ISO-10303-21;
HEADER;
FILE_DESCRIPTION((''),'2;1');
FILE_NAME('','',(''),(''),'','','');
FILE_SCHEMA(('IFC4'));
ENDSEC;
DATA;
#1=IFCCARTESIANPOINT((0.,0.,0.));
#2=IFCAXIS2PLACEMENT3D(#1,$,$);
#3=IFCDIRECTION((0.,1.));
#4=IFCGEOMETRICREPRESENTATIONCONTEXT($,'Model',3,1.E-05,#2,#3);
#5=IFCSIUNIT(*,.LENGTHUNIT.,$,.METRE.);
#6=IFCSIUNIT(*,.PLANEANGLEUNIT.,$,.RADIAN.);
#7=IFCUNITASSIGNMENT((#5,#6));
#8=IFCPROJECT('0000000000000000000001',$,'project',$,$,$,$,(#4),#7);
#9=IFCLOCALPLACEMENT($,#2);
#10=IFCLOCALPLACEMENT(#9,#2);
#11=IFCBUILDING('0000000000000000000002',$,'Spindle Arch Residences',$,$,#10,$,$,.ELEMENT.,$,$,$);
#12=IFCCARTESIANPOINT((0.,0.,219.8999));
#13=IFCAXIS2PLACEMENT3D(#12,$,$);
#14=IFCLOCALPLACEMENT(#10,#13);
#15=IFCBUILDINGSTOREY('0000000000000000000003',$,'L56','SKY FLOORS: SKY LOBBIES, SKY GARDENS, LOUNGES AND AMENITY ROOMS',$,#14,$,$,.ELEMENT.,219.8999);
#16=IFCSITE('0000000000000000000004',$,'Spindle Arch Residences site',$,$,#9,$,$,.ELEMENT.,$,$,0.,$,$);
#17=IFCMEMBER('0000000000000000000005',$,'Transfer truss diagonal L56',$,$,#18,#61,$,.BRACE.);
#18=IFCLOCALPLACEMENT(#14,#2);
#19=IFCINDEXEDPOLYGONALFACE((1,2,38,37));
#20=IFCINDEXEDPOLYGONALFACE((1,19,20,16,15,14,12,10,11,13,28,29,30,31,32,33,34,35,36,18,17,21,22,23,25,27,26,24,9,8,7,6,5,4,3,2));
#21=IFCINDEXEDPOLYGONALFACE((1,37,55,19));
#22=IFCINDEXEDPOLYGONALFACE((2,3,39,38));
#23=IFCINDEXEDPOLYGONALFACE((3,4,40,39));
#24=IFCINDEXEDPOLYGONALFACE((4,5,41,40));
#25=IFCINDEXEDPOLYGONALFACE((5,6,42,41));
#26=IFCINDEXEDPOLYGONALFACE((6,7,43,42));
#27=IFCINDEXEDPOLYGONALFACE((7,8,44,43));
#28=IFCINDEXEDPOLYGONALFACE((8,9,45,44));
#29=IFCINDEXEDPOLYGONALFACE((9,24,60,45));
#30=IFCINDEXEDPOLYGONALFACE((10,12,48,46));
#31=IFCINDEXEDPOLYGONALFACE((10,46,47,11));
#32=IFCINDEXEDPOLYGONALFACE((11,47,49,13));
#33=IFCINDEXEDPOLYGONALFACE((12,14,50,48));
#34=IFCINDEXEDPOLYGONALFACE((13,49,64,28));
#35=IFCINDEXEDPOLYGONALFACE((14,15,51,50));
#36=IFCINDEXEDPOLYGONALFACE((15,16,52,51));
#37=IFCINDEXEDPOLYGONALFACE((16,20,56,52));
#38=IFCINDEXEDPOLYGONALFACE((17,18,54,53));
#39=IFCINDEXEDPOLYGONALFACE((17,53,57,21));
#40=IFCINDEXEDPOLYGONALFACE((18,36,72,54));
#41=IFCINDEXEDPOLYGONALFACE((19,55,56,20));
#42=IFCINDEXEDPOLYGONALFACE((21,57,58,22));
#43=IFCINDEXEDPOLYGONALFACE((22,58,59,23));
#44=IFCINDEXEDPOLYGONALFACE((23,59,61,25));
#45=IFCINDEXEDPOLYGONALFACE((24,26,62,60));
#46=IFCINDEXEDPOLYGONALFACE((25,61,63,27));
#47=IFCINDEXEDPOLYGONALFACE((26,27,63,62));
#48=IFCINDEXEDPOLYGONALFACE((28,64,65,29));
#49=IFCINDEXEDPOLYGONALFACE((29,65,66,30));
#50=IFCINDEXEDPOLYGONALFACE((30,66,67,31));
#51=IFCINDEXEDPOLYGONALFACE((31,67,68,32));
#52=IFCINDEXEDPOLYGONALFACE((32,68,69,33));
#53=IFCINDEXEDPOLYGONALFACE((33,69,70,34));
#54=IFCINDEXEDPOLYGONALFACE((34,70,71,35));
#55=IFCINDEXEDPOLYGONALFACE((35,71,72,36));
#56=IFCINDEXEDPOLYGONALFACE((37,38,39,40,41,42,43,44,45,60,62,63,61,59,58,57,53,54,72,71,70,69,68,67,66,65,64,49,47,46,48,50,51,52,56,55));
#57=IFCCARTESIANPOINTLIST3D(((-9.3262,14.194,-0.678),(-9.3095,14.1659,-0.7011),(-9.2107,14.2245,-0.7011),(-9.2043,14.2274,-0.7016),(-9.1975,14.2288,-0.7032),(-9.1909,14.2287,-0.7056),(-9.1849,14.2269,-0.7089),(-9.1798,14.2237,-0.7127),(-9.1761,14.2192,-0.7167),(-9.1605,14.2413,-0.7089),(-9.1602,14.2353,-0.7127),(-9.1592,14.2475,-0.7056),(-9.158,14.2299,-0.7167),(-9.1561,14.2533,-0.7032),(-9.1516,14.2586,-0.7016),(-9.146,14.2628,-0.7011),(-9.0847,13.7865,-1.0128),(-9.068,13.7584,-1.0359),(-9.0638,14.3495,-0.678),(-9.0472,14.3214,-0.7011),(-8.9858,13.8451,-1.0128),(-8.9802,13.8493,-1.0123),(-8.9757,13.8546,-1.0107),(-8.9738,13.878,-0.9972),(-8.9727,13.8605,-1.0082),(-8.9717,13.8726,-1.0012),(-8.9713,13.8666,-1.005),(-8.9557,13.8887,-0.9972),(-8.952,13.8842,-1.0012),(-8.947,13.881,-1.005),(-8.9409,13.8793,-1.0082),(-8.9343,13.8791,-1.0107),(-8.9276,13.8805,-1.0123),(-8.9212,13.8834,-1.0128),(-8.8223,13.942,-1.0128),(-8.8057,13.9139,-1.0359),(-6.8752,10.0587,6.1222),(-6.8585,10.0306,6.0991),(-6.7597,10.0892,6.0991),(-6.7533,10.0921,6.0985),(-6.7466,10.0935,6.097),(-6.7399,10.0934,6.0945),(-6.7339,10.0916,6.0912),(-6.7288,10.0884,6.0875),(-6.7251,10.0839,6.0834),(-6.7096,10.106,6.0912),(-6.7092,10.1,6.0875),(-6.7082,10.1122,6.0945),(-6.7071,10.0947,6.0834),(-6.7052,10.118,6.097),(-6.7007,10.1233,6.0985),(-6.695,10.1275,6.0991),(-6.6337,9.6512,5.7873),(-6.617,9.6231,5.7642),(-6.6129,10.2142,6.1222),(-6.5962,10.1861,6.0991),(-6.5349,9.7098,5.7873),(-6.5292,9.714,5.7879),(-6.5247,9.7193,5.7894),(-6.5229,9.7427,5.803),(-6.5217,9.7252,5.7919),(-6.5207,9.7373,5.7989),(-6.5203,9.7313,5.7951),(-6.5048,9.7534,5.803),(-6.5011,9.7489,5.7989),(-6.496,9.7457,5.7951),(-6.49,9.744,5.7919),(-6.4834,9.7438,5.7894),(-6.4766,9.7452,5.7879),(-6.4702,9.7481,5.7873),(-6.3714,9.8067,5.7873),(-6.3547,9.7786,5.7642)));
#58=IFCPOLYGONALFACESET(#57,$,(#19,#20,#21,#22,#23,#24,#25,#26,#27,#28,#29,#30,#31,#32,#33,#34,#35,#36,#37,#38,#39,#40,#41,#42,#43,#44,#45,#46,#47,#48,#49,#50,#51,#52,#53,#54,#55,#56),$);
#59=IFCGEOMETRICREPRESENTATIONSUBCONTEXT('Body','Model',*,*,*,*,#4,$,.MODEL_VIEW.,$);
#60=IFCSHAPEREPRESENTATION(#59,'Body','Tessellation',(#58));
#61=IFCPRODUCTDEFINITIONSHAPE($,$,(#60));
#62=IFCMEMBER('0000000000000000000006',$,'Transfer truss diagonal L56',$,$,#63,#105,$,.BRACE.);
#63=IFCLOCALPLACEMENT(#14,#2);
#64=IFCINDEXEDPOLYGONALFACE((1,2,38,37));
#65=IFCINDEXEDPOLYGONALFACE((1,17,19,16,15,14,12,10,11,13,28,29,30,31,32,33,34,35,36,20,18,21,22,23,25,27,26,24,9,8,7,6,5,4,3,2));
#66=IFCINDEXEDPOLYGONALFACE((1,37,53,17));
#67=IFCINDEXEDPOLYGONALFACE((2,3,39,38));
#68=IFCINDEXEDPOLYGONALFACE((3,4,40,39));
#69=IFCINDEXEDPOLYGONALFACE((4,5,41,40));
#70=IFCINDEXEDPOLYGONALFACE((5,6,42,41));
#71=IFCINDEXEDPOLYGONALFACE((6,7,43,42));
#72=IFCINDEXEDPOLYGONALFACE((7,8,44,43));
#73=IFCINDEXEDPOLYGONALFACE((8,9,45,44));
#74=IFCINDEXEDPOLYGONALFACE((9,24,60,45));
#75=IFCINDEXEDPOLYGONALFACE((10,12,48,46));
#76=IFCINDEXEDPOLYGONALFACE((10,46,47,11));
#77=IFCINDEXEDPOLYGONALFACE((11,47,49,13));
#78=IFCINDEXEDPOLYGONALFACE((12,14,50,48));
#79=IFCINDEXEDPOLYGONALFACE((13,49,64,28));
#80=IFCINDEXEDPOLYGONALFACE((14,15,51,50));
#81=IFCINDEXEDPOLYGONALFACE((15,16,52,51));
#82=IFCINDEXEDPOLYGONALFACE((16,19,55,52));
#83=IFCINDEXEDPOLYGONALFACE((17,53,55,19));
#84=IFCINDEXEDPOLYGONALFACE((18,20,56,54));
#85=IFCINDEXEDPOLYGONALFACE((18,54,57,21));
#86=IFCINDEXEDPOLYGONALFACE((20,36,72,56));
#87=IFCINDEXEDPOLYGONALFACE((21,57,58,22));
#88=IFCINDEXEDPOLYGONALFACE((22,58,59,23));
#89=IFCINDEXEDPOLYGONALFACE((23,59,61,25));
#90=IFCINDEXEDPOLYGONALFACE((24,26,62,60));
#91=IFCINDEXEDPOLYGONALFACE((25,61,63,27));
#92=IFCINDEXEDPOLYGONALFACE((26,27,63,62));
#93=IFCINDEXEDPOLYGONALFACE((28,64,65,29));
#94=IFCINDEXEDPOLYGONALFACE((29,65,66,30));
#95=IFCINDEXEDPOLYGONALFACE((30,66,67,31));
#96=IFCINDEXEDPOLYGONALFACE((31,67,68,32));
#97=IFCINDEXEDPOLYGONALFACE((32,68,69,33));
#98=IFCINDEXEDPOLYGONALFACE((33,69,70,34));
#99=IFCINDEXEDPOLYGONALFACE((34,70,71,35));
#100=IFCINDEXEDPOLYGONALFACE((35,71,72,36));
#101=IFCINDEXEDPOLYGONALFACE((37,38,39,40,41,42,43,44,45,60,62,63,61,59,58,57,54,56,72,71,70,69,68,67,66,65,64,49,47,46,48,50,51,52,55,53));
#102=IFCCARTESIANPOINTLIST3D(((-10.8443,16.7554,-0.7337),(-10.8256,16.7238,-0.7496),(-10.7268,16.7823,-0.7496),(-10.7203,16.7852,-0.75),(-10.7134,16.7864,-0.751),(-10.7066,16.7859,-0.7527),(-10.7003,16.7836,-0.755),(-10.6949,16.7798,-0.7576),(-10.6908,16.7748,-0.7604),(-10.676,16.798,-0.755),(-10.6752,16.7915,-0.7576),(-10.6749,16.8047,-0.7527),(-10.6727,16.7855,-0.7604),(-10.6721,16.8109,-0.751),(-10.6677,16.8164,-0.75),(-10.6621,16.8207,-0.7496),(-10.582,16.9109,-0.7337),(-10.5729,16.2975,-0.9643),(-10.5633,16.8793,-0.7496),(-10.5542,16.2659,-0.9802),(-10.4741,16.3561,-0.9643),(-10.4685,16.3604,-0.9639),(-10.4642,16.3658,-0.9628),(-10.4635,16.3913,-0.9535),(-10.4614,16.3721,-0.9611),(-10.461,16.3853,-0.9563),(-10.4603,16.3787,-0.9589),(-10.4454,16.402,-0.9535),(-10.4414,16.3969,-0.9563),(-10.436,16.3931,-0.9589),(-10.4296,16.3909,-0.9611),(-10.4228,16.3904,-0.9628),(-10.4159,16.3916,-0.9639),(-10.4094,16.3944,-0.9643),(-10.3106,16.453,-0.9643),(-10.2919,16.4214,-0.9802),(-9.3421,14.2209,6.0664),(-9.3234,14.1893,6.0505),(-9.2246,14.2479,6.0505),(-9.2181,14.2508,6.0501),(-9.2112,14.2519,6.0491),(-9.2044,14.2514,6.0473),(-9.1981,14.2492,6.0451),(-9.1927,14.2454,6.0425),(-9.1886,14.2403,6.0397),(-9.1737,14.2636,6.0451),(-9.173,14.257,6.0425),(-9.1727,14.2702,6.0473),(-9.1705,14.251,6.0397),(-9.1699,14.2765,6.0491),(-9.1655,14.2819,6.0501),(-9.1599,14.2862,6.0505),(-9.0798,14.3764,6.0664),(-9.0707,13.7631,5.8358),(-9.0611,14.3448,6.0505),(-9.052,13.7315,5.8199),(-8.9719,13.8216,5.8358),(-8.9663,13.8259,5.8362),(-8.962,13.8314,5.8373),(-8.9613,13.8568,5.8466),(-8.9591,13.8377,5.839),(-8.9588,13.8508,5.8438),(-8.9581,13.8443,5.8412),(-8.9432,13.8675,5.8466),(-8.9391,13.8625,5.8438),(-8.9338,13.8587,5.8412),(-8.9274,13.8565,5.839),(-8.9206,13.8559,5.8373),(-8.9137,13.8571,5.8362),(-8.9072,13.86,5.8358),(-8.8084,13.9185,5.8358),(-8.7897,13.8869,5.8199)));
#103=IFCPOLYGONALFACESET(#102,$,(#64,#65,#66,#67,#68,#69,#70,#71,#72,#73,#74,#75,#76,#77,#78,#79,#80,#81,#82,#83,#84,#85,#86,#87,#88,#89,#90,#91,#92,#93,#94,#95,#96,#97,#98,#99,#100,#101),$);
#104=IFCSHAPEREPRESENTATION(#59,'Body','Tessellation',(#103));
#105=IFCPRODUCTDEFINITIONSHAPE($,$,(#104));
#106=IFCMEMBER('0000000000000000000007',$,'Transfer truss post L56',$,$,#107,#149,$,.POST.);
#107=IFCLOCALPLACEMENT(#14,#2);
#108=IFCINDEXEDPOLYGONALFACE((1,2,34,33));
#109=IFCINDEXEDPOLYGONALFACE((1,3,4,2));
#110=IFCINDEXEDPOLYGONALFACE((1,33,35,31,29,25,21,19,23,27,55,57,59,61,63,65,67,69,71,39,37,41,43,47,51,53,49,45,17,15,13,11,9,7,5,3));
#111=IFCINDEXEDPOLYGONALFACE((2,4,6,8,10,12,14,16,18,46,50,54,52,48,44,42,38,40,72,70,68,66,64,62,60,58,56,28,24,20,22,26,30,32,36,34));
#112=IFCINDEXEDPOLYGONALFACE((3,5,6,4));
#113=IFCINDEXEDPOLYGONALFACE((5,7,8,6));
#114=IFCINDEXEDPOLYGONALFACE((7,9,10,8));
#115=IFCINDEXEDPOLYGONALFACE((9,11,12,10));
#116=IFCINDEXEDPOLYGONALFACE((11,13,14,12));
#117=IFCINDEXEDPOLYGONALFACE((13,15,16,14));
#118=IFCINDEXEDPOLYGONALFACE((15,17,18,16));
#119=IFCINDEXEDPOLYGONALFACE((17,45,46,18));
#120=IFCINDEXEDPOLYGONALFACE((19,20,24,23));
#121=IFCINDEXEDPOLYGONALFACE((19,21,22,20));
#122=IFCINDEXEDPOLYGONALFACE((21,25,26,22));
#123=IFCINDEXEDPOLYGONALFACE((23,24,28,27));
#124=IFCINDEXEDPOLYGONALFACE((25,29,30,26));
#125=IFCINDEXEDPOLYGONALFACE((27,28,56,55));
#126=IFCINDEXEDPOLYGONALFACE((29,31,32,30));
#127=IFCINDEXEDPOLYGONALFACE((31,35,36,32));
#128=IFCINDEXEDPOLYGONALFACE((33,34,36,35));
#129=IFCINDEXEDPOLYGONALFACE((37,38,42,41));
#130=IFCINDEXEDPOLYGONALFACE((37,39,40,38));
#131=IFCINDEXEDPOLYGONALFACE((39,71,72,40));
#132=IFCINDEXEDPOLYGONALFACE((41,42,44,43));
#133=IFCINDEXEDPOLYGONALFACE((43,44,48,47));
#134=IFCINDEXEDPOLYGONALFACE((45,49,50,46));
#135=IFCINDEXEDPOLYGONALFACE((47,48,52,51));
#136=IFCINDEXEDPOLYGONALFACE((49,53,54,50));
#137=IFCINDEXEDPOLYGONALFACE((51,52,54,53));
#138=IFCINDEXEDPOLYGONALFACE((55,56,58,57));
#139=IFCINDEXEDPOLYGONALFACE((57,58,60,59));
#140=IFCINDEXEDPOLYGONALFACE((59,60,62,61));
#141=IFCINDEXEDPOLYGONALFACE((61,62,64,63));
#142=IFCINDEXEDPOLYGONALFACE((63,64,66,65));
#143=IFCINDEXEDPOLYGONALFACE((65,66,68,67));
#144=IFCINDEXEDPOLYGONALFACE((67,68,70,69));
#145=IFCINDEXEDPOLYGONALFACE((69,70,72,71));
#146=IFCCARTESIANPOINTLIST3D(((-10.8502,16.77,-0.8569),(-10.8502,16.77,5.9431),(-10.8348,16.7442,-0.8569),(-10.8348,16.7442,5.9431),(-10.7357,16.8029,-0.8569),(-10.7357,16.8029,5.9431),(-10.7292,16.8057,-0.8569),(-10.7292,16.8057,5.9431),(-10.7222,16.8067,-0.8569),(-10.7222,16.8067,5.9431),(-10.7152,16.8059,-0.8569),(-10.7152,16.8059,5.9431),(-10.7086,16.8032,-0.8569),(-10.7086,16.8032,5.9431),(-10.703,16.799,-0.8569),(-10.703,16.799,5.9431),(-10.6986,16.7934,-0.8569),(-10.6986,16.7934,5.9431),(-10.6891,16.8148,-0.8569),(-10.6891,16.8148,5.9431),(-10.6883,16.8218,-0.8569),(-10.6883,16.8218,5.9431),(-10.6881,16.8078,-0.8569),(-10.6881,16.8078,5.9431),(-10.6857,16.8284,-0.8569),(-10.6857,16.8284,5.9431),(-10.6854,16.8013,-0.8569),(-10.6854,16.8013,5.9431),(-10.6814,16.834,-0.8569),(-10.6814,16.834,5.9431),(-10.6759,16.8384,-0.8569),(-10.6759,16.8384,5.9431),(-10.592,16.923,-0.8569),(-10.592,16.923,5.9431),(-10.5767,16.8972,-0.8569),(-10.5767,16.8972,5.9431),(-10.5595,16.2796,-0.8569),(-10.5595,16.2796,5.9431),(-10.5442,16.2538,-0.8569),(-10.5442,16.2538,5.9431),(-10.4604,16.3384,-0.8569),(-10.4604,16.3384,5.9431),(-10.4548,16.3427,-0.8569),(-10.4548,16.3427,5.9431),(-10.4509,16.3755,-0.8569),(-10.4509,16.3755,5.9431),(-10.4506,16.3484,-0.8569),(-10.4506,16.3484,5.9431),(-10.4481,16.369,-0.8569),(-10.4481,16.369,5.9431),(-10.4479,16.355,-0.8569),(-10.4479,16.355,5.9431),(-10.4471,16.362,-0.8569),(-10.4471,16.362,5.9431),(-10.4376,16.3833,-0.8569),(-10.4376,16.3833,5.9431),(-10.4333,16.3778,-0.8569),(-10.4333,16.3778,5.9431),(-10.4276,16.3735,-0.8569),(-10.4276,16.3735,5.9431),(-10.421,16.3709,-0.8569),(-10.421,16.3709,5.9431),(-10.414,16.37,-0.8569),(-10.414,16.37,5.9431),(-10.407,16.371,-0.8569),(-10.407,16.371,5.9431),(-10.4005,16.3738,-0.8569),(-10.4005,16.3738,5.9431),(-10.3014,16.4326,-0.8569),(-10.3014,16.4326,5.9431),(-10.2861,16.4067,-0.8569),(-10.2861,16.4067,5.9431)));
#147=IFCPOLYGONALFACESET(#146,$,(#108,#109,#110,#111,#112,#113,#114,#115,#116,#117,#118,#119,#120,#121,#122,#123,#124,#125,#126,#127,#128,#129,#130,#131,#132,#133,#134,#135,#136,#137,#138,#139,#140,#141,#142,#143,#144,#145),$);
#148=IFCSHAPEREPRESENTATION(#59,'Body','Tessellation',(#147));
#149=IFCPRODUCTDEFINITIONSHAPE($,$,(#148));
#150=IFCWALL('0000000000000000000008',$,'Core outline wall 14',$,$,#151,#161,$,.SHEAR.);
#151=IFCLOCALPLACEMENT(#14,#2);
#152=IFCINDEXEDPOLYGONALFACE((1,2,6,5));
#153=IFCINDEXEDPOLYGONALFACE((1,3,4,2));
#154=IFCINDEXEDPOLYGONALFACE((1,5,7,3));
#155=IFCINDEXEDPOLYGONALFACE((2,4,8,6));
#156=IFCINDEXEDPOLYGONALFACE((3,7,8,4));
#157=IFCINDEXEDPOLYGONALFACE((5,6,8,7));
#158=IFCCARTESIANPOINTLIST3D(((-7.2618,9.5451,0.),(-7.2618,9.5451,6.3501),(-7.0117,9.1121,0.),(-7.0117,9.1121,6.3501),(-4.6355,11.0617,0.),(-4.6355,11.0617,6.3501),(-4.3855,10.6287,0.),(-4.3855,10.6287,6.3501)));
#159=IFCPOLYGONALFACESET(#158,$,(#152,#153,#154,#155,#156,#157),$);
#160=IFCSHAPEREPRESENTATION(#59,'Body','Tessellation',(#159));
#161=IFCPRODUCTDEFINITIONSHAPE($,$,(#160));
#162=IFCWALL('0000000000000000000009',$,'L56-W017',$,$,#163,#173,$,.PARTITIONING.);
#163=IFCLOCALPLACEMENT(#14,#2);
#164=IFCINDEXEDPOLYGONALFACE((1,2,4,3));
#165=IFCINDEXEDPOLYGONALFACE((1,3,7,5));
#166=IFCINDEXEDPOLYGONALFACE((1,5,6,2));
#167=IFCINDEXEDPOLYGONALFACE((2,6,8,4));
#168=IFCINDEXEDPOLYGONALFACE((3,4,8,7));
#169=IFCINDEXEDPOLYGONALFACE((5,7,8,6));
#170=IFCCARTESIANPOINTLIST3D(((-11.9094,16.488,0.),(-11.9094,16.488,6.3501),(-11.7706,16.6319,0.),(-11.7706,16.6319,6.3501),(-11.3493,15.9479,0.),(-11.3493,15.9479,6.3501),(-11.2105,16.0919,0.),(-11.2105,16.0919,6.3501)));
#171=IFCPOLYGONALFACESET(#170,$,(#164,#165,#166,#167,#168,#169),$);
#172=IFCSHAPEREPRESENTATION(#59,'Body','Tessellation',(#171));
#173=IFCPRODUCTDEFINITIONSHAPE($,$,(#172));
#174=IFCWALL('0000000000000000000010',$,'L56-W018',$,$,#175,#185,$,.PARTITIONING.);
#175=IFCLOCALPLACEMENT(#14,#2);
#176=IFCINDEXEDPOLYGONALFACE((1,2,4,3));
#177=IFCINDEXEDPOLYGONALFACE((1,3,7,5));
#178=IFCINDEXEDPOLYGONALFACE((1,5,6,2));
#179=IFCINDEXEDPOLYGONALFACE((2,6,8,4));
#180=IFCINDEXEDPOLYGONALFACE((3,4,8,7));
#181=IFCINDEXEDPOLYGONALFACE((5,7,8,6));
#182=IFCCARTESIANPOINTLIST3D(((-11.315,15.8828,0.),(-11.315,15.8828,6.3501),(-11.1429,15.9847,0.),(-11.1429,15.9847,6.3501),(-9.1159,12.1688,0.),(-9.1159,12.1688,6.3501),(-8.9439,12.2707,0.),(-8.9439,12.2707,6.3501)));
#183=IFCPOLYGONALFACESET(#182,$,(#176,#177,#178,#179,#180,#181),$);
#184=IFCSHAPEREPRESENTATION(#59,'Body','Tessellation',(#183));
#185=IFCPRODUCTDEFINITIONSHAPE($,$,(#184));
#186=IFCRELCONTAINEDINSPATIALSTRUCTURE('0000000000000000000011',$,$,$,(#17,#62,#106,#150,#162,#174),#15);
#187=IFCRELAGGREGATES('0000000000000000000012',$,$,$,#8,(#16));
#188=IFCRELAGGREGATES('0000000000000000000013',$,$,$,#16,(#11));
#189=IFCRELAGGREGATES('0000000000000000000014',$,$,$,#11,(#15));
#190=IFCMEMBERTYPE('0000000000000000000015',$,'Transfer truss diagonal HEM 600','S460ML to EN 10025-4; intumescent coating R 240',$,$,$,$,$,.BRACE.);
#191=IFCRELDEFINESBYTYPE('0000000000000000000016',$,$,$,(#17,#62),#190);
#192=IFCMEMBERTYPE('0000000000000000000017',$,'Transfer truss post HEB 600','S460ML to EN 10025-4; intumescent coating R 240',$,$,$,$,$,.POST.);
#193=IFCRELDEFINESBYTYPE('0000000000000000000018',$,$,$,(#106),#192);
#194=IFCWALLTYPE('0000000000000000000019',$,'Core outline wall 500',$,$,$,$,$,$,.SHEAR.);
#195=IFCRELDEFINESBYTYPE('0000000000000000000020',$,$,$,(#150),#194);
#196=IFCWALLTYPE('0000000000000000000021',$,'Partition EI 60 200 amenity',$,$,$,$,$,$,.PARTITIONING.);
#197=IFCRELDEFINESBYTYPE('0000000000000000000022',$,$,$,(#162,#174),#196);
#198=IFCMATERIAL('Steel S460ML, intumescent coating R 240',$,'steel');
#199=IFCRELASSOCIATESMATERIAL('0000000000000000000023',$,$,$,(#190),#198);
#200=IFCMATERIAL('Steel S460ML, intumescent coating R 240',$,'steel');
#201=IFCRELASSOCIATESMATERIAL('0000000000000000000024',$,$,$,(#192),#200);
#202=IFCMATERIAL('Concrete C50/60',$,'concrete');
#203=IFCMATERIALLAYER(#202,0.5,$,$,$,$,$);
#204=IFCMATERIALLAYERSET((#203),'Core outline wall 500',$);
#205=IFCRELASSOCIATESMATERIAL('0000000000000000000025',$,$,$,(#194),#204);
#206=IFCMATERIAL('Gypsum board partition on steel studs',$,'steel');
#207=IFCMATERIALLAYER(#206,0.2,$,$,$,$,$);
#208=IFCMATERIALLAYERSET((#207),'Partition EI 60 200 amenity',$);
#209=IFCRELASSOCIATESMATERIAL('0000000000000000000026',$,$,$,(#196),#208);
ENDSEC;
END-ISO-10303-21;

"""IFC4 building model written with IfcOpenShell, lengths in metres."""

from ifc_helpers import new_model, si_unit, direction, frame, frame_2d, origin, origin_2d, place, context, subcontext, project, spatial, rectangle, i_section, extrude, material, layer, layer_set, material_profile, profile_set, type_object, element, save


model = new_model("IFC4")

# Units and contexts
model_context = context("Model", 3, precision=1e-05, world=origin(), true_north=direction((0.0, 1.0)))
body_context = subcontext(model_context, "Body", "Model", "MODEL_VIEW")
ifc_project = project(units=[si_unit("LENGTHUNIT", "METRE"), si_unit("PLANEANGLEUNIT", "RADIAN")], contexts=[model_context])

# Site, building, storey
site_placement = place(None, origin())
site = spatial("IfcSite", under=ifc_project, at=site_placement, Name="Spindle Arch Residences site", CompositionType="ELEMENT", RefElevation=0.0)
building_placement = place(site_placement, origin())
building = spatial("IfcBuilding", under=site, at=building_placement, Name="Spindle Arch Residences", CompositionType="ELEMENT")
storey_placement = place(building_placement, frame((0.0, 0.0, 219.8999)))
storey = spatial("IfcBuildingStorey", under=building, at=storey_placement, Name="L56", Description="SKY FLOORS: SKY LOBBIES, SKY GARDENS, LOUNGES AND AMENITY ROOMS", CompositionType="ELEMENT", Elevation=219.8999)

# Members
ifc_material_1 = material(Name="Steel S460ML, intumescent coating R 240", Category="steel")
ifc_material_profile_1 = material_profile(ifc_material_1, i_section(OverallWidth=0.3049, OverallDepth=0.6201, WebThickness=0.021, FlangeThickness=0.04, FilletRadius=0.0271, at=origin_2d()), Name="HEM 600")
ifc_profile_set_1 = profile_set([ifc_material_profile_1], Name="Steel S460ML, intumescent coating R 240")
member_type_1 = type_object("IfcMemberType", Name="Transfer truss diagonal HEM 600", Description="S460ML to EN 10025-4; intumescent coating R 240", PredefinedType="BRACE", material=ifc_profile_set_1)
member_1_placement = place(storey_placement, frame((-9.0659, 14.054, -0.8569), z_axis=(0.294316, -0.496575, 0.816573), x_axis=(0.860254, 0.509865, 0.0)))
element("IfcMember", 1, at=member_1_placement, inside=storey, type_object=member_type_1, Name="Transfer truss diagonal L56", PredefinedType="BRACE", context=body_context, shape_type="SweptSolid", body=[
    extrude(i_section(OverallWidth=0.3049, OverallDepth=0.6201, WebThickness=0.021, FlangeThickness=0.04, FilletRadius=0.0271, at=origin_2d()), origin(), (0.0, 0.0, 1.0), 8.3276),
])
member_2_placement = place(storey_placement, frame((-10.5681, 16.5884, -0.8569), z_axis=(0.202703, -0.341989, 0.917581), x_axis=(0.860244, 0.509882, 0.0)))
element("IfcMember", 2, at=member_2_placement, inside=storey, type_object=member_type_1, Name="Transfer truss diagonal L56", PredefinedType="BRACE", context=body_context, shape_type="SweptSolid", body=[
    extrude(i_section(OverallWidth=0.3049, OverallDepth=0.6201, WebThickness=0.021, FlangeThickness=0.04, FilletRadius=0.0271, at=origin_2d()), origin(), (0.0, 0.0, 1.0), 7.4109),
])
ifc_material_2 = material(Name="Steel S460ML, intumescent coating R 240", Category="steel")
ifc_material_profile_2 = material_profile(ifc_material_2, i_section(OverallWidth=0.3, OverallDepth=0.6001, WebThickness=0.0154, FlangeThickness=0.03, FilletRadius=0.0271, at=origin_2d()), Name="HEB 600")
ifc_profile_set_2 = profile_set([ifc_material_profile_2], Name="Steel S460ML, intumescent coating R 240")
member_type_2 = type_object("IfcMemberType", Name="Transfer truss post HEB 600", Description="S460ML to EN 10025-4; intumescent coating R 240", PredefinedType="POST", material=ifc_profile_set_2)
member_3_placement = place(storey_placement, frame((-10.5681, 16.5884, -0.8569), z_axis=(0.0, 0.0, 1.0), x_axis=(0.860262, 0.509852, 0.0)))
element("IfcMember", 3, at=member_3_placement, inside=storey, type_object=member_type_2, Name="Transfer truss post L56", PredefinedType="POST", context=body_context, shape_type="SweptSolid", body=[
    extrude(i_section(OverallWidth=0.3, OverallDepth=0.6001, WebThickness=0.0154, FlangeThickness=0.03, FilletRadius=0.0271, at=origin_2d()), origin(), (0.0, 0.0, 1.0), 6.8),
])

# Walls
ifc_material_3 = material(Name="Concrete C50/60", Category="concrete")
ifc_layer_1 = layer(ifc_material_3, 0.5)
ifc_layer_set_1 = layer_set([ifc_layer_1], Name="Core outline wall 500")
wall_type_1 = type_object("IfcWallType", Name="Core outline wall 500", PredefinedType="SHEAR", material=ifc_layer_set_1)
wall_1_placement = place(storey_placement, frame((-4.5105, 10.8452, 0.0), z_axis=(0.0, 0.0, 1.0), x_axis=(-0.865975, -0.500087, 0.0)))
element("IfcWall", 4, at=wall_1_placement, inside=storey, type_object=wall_type_1, Name="Core outline wall 14", PredefinedType="SHEAR", context=body_context, shape_type="SweptSolid", body=[
    extrude(rectangle(XDim=3.0327, YDim=0.5, at=frame_2d((1.5164, 0.0))), origin(), (0.0, 0.0, 1.0), 6.3501),
])
ifc_material_4 = material(Name="Gypsum board partition on steel studs", Category="steel")
ifc_layer_2 = layer(ifc_material_4, 0.2)
ifc_layer_set_2 = layer_set([ifc_layer_2], Name="Partition EI 60 200 amenity")
wall_type_2 = type_object("IfcWallType", Name="Partition EI 60 200 amenity", PredefinedType="PARTITIONING", material=ifc_layer_set_2)
wall_2_placement = place(storey_placement, frame((-11.8401, 16.5601, 0.0), z_axis=(0.0, 0.0, 1.0), x_axis=(0.719855, -0.694124, 0.0)))
element("IfcWall", 5, at=wall_2_placement, inside=storey, type_object=wall_type_2, Name="L56-W017", PredefinedType="PARTITIONING", context=body_context, shape_type="SweptSolid", body=[
    extrude(rectangle(XDim=0.7781, YDim=0.2, at=frame_2d((0.3892, 0.0))), origin(), (0.0, 0.0, 1.0), 6.3501),
])
wall_3_placement = place(storey_placement, frame((-11.229, 15.9338, 0.0), z_axis=(0.0, 0.0, 1.0), x_axis=(0.509488, -0.860478, 0.0)))
element("IfcWall", 6, at=wall_3_placement, inside=storey, type_object=wall_type_2, Name="L56-W018", PredefinedType="PARTITIONING", context=body_context, shape_type="SweptSolid", body=[
    extrude(rectangle(XDim=4.3162, YDim=0.2, at=frame_2d((2.1582, 0.0))), origin(), (0.0, 0.0, 1.0), 6.3501),
])

save(model, "model.ifc")
